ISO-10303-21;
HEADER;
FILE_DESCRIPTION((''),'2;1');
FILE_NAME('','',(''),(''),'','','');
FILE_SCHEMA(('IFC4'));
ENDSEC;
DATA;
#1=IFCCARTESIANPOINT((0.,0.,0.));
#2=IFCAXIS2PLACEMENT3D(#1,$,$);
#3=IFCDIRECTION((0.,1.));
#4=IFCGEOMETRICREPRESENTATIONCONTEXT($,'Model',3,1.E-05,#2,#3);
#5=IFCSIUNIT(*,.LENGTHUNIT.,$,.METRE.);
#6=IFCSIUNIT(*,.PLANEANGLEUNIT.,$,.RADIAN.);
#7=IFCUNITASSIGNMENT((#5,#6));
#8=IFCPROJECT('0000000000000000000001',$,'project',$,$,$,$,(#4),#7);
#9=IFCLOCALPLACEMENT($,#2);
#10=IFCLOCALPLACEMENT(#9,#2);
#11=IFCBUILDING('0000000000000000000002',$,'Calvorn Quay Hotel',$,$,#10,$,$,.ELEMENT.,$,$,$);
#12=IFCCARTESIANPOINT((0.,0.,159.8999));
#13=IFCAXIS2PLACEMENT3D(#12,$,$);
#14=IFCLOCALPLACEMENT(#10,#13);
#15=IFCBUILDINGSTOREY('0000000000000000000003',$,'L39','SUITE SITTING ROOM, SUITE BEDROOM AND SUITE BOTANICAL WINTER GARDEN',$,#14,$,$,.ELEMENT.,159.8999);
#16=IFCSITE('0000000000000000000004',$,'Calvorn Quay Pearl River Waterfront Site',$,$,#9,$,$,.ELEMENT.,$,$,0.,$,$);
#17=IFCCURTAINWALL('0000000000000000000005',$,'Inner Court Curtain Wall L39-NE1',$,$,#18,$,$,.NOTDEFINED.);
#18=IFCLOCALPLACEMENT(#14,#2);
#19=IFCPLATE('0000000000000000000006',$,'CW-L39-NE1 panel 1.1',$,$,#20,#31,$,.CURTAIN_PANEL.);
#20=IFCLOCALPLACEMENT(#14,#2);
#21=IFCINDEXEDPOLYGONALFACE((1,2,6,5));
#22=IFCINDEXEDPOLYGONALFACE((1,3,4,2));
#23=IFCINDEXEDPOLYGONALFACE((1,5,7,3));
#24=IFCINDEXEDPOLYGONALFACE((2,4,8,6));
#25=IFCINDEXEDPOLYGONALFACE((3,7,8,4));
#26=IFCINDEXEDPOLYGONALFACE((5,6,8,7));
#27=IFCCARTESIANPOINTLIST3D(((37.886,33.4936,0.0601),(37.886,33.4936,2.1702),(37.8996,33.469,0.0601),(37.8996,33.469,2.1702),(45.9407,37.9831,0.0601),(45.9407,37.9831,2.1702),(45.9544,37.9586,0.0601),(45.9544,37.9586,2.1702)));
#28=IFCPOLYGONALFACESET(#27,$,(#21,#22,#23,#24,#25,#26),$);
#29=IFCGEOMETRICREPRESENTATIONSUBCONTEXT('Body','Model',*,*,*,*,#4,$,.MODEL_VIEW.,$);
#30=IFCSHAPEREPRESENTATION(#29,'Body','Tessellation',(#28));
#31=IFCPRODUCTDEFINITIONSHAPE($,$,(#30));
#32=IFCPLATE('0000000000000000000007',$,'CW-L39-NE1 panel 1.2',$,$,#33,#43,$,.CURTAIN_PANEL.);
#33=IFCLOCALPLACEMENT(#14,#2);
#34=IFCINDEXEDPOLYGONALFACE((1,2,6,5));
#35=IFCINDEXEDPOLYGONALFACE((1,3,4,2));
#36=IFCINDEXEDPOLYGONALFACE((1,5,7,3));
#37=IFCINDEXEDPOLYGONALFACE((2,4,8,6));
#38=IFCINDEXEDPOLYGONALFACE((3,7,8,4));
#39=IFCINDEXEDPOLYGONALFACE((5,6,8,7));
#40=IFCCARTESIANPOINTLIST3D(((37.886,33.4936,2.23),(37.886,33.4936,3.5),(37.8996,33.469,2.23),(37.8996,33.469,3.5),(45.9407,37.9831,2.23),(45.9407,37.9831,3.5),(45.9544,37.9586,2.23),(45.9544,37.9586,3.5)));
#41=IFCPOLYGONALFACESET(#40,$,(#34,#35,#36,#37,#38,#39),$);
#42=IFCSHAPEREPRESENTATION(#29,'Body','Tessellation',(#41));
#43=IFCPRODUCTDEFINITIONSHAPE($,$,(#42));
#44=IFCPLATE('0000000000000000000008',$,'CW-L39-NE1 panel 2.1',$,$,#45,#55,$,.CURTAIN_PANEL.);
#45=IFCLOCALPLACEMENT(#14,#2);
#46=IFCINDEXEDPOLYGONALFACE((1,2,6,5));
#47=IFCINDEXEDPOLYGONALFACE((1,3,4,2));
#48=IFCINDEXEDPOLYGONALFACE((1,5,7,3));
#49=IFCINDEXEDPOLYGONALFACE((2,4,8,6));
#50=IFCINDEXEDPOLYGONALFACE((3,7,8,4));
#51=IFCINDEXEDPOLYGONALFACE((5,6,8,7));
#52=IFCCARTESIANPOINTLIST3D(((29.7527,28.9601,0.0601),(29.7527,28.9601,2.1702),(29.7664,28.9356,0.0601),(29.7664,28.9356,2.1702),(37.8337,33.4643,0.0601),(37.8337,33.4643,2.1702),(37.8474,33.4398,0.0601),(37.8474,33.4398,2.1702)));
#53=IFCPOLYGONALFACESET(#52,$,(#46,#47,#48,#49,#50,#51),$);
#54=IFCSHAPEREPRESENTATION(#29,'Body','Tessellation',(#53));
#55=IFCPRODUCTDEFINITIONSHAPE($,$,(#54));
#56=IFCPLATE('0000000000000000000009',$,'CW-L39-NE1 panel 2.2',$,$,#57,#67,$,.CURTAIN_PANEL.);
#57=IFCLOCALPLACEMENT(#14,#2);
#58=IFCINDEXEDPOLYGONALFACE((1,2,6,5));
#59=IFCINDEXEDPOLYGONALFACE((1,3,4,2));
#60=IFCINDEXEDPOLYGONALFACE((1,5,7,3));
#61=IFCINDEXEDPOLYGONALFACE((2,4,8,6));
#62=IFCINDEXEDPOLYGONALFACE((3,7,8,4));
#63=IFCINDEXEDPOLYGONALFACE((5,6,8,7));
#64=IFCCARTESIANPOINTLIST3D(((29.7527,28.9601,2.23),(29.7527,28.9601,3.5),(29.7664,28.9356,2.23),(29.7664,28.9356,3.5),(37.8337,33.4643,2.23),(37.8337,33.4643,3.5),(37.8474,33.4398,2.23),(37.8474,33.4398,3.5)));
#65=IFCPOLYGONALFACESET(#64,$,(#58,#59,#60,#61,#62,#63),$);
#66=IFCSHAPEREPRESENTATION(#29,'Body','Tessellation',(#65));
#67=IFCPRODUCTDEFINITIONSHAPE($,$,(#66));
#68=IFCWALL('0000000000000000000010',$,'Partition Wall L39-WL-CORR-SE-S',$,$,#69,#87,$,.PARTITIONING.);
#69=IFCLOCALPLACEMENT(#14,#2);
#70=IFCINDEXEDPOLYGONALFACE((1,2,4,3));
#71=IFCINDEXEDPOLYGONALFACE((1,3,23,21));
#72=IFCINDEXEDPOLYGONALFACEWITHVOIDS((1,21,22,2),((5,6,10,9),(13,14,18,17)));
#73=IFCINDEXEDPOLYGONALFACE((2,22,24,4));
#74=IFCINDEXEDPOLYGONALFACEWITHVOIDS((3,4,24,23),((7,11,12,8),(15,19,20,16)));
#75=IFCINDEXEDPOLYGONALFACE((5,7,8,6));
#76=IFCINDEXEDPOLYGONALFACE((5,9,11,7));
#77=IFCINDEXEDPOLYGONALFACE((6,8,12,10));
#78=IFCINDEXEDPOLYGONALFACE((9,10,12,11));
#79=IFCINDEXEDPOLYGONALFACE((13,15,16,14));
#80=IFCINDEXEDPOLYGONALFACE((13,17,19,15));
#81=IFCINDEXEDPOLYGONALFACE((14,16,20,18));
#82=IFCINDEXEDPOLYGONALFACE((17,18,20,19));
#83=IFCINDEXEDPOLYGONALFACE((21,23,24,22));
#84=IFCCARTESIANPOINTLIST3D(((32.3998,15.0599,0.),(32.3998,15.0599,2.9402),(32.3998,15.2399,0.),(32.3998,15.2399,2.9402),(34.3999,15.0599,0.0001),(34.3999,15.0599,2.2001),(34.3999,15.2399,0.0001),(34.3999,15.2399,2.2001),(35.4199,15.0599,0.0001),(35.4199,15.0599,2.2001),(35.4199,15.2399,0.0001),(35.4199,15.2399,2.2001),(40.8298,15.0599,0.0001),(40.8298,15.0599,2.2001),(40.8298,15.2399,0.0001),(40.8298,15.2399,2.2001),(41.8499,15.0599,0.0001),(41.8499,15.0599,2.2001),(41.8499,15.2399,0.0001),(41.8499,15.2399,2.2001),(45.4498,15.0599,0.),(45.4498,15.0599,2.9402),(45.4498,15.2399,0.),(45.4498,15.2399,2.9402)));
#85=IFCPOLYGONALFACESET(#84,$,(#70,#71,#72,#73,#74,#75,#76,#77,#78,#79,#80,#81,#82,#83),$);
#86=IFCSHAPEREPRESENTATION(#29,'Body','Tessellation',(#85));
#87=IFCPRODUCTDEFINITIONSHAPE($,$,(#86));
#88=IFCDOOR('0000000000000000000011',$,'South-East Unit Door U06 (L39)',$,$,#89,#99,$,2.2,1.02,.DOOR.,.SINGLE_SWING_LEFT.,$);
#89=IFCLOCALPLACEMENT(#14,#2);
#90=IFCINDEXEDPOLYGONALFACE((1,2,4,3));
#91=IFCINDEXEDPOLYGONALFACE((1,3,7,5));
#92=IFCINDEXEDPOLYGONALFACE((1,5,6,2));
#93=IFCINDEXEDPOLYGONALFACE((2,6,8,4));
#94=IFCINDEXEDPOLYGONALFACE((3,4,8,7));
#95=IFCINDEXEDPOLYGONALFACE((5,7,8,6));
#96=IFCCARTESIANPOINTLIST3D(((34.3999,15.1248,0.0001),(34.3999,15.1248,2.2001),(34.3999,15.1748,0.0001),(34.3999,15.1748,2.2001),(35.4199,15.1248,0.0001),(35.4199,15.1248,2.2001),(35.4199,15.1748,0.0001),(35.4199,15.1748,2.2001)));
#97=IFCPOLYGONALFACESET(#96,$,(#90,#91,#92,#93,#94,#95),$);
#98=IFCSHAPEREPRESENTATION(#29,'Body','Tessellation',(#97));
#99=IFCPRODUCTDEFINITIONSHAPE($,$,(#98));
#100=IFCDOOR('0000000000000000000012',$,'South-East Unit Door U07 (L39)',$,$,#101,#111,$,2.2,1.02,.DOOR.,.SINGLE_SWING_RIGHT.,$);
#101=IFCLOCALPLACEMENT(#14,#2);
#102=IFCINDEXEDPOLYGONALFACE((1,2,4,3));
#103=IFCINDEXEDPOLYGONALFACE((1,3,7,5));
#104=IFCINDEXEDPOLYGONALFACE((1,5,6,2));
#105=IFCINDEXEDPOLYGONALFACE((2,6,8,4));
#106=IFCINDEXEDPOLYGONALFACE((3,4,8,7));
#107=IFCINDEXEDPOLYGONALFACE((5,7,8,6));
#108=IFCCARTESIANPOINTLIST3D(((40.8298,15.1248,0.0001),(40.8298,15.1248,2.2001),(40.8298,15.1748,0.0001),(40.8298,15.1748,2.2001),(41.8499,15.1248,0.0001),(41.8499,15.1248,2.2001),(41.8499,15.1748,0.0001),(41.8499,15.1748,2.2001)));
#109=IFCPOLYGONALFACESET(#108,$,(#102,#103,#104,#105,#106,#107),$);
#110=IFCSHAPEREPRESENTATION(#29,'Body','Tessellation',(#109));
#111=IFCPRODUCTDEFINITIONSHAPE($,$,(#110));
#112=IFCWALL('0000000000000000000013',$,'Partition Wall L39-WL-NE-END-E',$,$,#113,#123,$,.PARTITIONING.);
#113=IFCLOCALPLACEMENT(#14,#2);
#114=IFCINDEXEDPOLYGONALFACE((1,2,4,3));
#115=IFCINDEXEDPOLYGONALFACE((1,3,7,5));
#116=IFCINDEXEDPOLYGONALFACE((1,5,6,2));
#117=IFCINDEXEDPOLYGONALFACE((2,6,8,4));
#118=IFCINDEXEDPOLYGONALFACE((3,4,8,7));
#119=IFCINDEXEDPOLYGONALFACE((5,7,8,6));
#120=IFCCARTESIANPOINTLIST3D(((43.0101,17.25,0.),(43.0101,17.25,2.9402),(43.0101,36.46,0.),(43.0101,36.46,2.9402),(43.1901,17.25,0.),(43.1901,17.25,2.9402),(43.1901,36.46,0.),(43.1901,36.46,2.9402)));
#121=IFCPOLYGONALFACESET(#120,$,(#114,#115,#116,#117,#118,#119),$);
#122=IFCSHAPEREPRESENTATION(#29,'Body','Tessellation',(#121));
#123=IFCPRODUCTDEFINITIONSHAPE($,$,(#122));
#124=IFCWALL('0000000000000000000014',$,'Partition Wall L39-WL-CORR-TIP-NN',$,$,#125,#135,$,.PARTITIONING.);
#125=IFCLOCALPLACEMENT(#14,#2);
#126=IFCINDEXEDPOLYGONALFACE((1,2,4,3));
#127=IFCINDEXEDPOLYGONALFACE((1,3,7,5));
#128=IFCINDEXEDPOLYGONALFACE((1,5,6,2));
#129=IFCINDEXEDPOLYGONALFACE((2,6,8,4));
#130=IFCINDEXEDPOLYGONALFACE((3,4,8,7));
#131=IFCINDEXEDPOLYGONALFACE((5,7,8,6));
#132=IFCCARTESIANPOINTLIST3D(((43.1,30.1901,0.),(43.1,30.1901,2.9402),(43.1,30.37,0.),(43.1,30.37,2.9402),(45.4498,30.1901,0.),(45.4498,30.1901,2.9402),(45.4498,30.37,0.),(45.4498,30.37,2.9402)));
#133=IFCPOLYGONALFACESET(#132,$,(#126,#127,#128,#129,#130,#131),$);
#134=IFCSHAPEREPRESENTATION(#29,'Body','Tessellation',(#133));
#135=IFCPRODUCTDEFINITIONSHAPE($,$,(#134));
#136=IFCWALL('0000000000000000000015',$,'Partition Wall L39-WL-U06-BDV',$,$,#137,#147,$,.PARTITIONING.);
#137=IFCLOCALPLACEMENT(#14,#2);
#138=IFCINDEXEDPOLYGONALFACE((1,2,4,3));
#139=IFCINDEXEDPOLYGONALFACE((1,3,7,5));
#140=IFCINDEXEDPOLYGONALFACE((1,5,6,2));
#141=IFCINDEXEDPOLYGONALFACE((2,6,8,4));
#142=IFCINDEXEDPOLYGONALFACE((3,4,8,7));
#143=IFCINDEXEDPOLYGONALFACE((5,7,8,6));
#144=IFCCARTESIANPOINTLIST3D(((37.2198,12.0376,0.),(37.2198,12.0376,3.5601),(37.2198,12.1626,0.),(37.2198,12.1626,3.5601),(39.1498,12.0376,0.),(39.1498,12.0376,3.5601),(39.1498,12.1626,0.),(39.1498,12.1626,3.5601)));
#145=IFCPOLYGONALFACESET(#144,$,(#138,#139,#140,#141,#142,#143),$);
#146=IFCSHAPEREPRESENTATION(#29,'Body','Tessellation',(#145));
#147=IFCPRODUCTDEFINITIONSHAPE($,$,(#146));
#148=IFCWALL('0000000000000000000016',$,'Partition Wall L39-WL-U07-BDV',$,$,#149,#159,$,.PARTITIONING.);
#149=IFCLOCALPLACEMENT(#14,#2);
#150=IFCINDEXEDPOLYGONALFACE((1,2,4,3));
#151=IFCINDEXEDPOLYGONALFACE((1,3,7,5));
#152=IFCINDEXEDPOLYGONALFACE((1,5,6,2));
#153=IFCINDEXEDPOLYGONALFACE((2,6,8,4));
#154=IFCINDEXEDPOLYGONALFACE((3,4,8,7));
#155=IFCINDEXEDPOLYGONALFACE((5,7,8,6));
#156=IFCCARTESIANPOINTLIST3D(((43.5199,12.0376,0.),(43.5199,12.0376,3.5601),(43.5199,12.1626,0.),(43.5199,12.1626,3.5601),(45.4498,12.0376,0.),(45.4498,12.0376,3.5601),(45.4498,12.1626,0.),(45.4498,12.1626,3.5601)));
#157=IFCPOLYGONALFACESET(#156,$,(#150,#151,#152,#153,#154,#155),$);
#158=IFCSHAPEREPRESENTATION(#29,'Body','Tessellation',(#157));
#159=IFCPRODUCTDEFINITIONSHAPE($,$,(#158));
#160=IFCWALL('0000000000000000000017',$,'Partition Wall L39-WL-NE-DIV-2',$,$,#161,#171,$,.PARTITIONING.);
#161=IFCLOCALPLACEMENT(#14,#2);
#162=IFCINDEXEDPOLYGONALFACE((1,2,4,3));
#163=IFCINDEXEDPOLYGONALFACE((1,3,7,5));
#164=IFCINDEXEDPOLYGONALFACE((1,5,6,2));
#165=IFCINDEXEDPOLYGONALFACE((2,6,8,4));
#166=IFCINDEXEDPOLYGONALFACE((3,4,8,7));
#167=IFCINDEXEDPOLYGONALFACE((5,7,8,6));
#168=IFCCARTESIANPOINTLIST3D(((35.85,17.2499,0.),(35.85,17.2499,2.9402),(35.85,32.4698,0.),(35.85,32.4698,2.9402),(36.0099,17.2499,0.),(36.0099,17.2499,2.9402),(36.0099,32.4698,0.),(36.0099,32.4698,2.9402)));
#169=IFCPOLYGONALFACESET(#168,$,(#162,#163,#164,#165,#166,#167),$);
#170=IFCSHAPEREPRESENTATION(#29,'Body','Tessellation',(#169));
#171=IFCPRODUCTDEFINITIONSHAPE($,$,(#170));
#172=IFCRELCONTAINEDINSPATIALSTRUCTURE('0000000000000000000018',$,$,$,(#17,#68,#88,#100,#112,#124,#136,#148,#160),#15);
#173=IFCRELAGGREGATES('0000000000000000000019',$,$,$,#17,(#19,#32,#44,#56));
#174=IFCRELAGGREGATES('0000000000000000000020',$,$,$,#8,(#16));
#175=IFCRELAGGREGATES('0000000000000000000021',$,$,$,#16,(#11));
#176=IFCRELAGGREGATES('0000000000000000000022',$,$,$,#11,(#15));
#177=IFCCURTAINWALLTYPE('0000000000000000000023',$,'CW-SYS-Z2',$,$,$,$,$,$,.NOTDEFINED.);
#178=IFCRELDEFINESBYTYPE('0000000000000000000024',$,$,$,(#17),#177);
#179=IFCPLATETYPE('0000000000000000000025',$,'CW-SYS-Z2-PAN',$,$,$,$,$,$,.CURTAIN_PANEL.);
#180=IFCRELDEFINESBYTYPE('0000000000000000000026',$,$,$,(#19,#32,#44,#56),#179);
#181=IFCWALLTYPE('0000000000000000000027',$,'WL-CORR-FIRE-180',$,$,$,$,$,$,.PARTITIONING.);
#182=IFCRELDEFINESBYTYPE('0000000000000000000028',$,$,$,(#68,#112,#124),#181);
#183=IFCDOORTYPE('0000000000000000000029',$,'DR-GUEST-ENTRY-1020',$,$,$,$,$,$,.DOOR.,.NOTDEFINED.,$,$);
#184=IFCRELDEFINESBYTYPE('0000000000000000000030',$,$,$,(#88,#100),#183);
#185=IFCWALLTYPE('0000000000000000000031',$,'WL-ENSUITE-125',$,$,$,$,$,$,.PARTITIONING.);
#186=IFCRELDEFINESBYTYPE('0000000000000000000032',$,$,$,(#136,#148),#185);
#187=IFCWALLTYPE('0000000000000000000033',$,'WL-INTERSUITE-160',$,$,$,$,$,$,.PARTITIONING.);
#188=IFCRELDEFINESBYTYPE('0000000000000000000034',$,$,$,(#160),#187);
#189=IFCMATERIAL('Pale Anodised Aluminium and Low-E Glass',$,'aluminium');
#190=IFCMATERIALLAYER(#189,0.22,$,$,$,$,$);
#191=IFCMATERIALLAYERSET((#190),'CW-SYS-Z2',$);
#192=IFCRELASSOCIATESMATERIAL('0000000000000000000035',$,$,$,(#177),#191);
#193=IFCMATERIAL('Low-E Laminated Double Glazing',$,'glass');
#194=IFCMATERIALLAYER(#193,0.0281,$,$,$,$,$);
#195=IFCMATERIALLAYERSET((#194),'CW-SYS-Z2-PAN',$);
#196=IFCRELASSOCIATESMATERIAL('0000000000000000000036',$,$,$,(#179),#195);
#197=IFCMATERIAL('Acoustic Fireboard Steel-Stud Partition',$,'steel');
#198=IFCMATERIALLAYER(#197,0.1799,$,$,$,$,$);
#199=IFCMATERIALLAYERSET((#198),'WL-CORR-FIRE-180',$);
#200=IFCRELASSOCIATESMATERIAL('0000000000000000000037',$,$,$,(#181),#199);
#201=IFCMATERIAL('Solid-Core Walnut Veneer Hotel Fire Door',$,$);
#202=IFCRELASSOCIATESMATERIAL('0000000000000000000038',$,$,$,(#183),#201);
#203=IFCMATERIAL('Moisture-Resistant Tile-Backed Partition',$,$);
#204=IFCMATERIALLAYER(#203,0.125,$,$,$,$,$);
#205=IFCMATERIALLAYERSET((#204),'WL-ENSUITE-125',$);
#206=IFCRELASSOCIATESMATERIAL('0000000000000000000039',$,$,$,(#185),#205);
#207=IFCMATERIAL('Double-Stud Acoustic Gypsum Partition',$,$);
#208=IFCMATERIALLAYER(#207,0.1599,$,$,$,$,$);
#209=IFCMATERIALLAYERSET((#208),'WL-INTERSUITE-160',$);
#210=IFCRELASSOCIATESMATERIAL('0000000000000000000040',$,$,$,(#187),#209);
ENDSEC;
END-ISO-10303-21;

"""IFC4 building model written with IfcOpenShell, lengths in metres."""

from ifc_helpers import new_model, si_unit, direction, frame, frame_2d, origin, origin_2d, place, context, subcontext, project, spatial, rectangle, extrude, material, layer, layer_set, type_object, element, fill, aggregate, save


model = new_model("IFC4")

# Units and contexts
model_context = context("Model", 3, precision=1e-05, world=origin(), true_north=direction((0.0, 1.0)))
body_context = subcontext(model_context, "Body", "Model", "MODEL_VIEW")
ifc_project = project(units=[si_unit("LENGTHUNIT", "METRE"), si_unit("PLANEANGLEUNIT", "RADIAN")], contexts=[model_context])

# Site, building, storey
site_placement = place(None, origin())
site = spatial("IfcSite", under=ifc_project, at=site_placement, Name="Calvorn Quay Pearl River Waterfront Site", CompositionType="ELEMENT", RefElevation=0.0)
building_placement = place(site_placement, origin())
building = spatial("IfcBuilding", under=site, at=building_placement, Name="Calvorn Quay Hotel", CompositionType="ELEMENT")
storey_placement = place(building_placement, frame((0.0, 0.0, 159.8999)))
storey = spatial("IfcBuildingStorey", under=building, at=storey_placement, Name="L39", Description="SUITE SITTING ROOM, SUITE BEDROOM AND SUITE BOTANICAL WINTER GARDEN", CompositionType="ELEMENT", Elevation=159.8999)

# Curtain wall, plates
ifc_material_1 = material(Name="Pale Anodised Aluminium and Low-E Glass", Category="aluminium")
ifc_layer_1 = layer(ifc_material_1, 0.22)
ifc_layer_set_1 = layer_set([ifc_layer_1], Name="CW-SYS-Z2")
curtain_wall_type = type_object("IfcCurtainWallType", Name="CW-SYS-Z2", PredefinedType="NOTDEFINED", material=ifc_layer_set_1)
curtain_wall_placement = place(storey_placement, origin())
curtain_wall = element("IfcCurtainWall", 1, at=curtain_wall_placement, inside=storey, type_object=curtain_wall_type, Name="Inner Court Curtain Wall L39-NE1", PredefinedType="NOTDEFINED")
ifc_material_2 = material(Name="Low-E Laminated Double Glazing", Category="glass")
ifc_layer_2 = layer(ifc_material_2, 0.0281)
ifc_layer_set_2 = layer_set([ifc_layer_2], Name="CW-SYS-Z2-PAN")
plate_type = type_object("IfcPlateType", Name="CW-SYS-Z2-PAN", PredefinedType="CURTAIN_PANEL", material=ifc_layer_set_2)
plate_1_placement = place(storey_placement, frame((41.9202, 35.7261, 0.0601), z_axis=(0.0, 0.0, 1.0), x_axis=(-0.873481, -0.486858, 0.0)))
plate_1 = element("IfcPlate", 2, at=plate_1_placement, type_object=plate_type, Name="CW-L39-NE1 panel 1.1", PredefinedType="CURTAIN_PANEL", context=body_context, shape_type="SweptSolid", body=[
    extrude(rectangle(XDim=9.2214, YDim=0.0281, at=origin_2d()), origin(), (0.0, 0.0, 1.0), 2.1101),
])
plate_2_placement = place(storey_placement, frame((41.9202, 35.7261, 2.23), z_axis=(0.0, 0.0, 1.0), x_axis=(-0.873481, -0.486858, 0.0)))
plate_2 = element("IfcPlate", 3, at=plate_2_placement, type_object=plate_type, Name="CW-L39-NE1 panel 1.2", PredefinedType="CURTAIN_PANEL", context=body_context, shape_type="SweptSolid", body=[
    extrude(rectangle(XDim=9.2214, YDim=0.0281, at=origin_2d()), origin(), (0.0, 0.0, 1.0), 1.27),
])
plate_3_placement = place(storey_placement, frame((33.8, 31.2, 0.0601), z_axis=(0.0, 0.0, 1.0), x_axis=(-0.873481, -0.486858, 0.0)))
plate_3 = element("IfcPlate", 4, at=plate_3_placement, type_object=plate_type, Name="CW-L39-NE1 panel 2.1", PredefinedType="CURTAIN_PANEL", context=body_context, shape_type="SweptSolid", body=[
    extrude(rectangle(XDim=9.2515, YDim=0.0281, at=origin_2d()), origin(), (0.0, 0.0, 1.0), 2.1101),
])
plate_4_placement = place(storey_placement, frame((33.8, 31.2, 2.23), z_axis=(0.0, 0.0, 1.0), x_axis=(-0.873481, -0.486858, 0.0)))
plate_4 = element("IfcPlate", 5, at=plate_4_placement, type_object=plate_type, Name="CW-L39-NE1 panel 2.2", PredefinedType="CURTAIN_PANEL", context=body_context, shape_type="SweptSolid", body=[
    extrude(rectangle(XDim=9.2515, YDim=0.0281, at=origin_2d()), origin(), (0.0, 0.0, 1.0), 1.27),
])
aggregate(curtain_wall, [plate_1, plate_2, plate_3, plate_4])

# Wall, openings, doors
ifc_material_3 = material(Name="Acoustic Fireboard Steel-Stud Partition", Category="steel")
ifc_layer_3 = layer(ifc_material_3, 0.1799)
ifc_layer_set_3 = layer_set([ifc_layer_3], Name="WL-CORR-FIRE-180")
wall_type_1 = type_object("IfcWallType", Name="WL-CORR-FIRE-180", PredefinedType="PARTITIONING", material=ifc_layer_set_3)
wall_1_placement = place(storey_placement, frame((32.3999, 15.1499, 0.0), z_axis=(0.0, 0.0, 1.0), x_axis=(1.0, 0.0, 0.0)))
wall_1 = element("IfcWall", 6, at=wall_1_placement, inside=storey, type_object=wall_type_1, Name="Partition Wall L39-WL-CORR-SE-S", PredefinedType="PARTITIONING", context=body_context, shape_type="SweptSolid", body=[
    extrude(rectangle(XDim=13.05, YDim=0.1799, at=frame_2d((6.5249, 0.0))), origin(), (0.0, 0.0, 1.0), 2.9402),
])
opening_1_placement = place(wall_1_placement, frame((2.0, 0.0, 0.0)))
opening_1 = element("IfcOpeningElement", 7, at=opening_1_placement, cuts=wall_1, PredefinedType="OPENING", context=body_context, shape_type="SweptSolid", body=[
    extrude(rectangle(XDim=1.02, YDim=2.2, at=frame_2d((0.51, 1.1001))), frame((0.0, 0.0999, 0.0), z_axis=(0.0, -1.0, 0.0), x_axis=(1.0, 0.0, 0.0)), (0.0, 0.0, 1.0), 0.2),
])
opening_2_placement = place(wall_1_placement, frame((8.4299, 0.0, 0.0)))
opening_2 = element("IfcOpeningElement", 8, at=opening_2_placement, cuts=wall_1, PredefinedType="OPENING", context=body_context, shape_type="SweptSolid", body=[
    extrude(rectangle(XDim=1.02, YDim=2.2, at=frame_2d((0.51, 1.1001))), frame((0.0, 0.0999, 0.0), z_axis=(0.0, -1.0, 0.0), x_axis=(1.0, 0.0, 0.0)), (0.0, 0.0, 1.0), 0.2),
])
ifc_material_4 = material(Name="Solid-Core Walnut Veneer Hotel Fire Door")
door_type = type_object("IfcDoorType", Name="DR-GUEST-ENTRY-1020", OperationType="NOTDEFINED", PredefinedType="DOOR", material=ifc_material_4)
door_1_placement = place(opening_1_placement, origin())
door_1 = element("IfcDoor", 9, at=door_1_placement, inside=storey, type_object=door_type, Name="South-East Unit Door U06 (L39)", OperationType="SINGLE_SWING_LEFT", OverallHeight=2.2, OverallWidth=1.02, PredefinedType="DOOR", context=body_context, shape_type="SweptSolid", body=[
    extrude(rectangle(XDim=1.02, YDim=2.2, at=frame_2d((0.51, 1.1001))), frame((0.0, 0.0249, 0.0), z_axis=(0.0, -1.0, 0.0), x_axis=(1.0, 0.0, 0.0)), (0.0, 0.0, 1.0), 0.05),
])
fill(opening_1, door_1)
door_2_placement = place(opening_2_placement, origin())
door_2 = element("IfcDoor", 10, at=door_2_placement, inside=storey, type_object=door_type, Name="South-East Unit Door U07 (L39)", OperationType="SINGLE_SWING_RIGHT", OverallHeight=2.2, OverallWidth=1.02, PredefinedType="DOOR", context=body_context, shape_type="SweptSolid", body=[
    extrude(rectangle(XDim=1.02, YDim=2.2, at=frame_2d((0.51, 1.1001))), frame((0.0, 0.0249, 0.0), z_axis=(0.0, -1.0, 0.0), x_axis=(1.0, 0.0, 0.0)), (0.0, 0.0, 1.0), 0.05),
])
fill(opening_2, door_2)

# Walls
wall_2_placement = place(storey_placement, frame((43.1001, 17.25, 0.0), z_axis=(0.0, 0.0, 1.0), x_axis=(0.0, 1.0, 0.0)))
element("IfcWall", 11, at=wall_2_placement, inside=storey, type_object=wall_type_1, Name="Partition Wall L39-WL-NE-END-E", PredefinedType="PARTITIONING", context=body_context, shape_type="SweptSolid", body=[
    extrude(rectangle(XDim=19.21, YDim=0.1799, at=frame_2d((9.605, 0.0))), origin(), (0.0, 0.0, 1.0), 2.9402),
])
wall_3_placement = place(storey_placement, frame((43.1001, 30.28, 0.0), z_axis=(0.0, 0.0, 1.0), x_axis=(1.0, 0.0, 0.0)))
element("IfcWall", 12, at=wall_3_placement, inside=storey, type_object=wall_type_1, Name="Partition Wall L39-WL-CORR-TIP-NN", PredefinedType="PARTITIONING", context=body_context, shape_type="SweptSolid", body=[
    extrude(rectangle(XDim=2.3499, YDim=0.1799, at=frame_2d((1.1748, 0.0))), origin(), (0.0, 0.0, 1.0), 2.9402),
])
ifc_material_5 = material(Name="Moisture-Resistant Tile-Backed Partition")
ifc_layer_4 = layer(ifc_material_5, 0.125)
ifc_layer_set_4 = layer_set([ifc_layer_4], Name="WL-ENSUITE-125")
wall_type_2 = type_object("IfcWallType", Name="WL-ENSUITE-125", PredefinedType="PARTITIONING", material=ifc_layer_set_4)
for number, where, z_axis, x_axis, name in (
    (13, (37.22, 12.1001, 0.0), (0.0, 0.0, 1.0), (1.0, 0.0, 0.0), "Partition Wall L39-WL-U06-BDV"),
    (14, (43.52, 12.1001, 0.0), (0.0, 0.0, 1.0), (1.0, 0.0, 0.0), "Partition Wall L39-WL-U07-BDV"),
):
    element("IfcWall", number, at=place(storey_placement, frame(where, z_axis=z_axis, x_axis=x_axis)), inside=storey, type_object=wall_type_2, Name=name, PredefinedType="PARTITIONING", context=body_context, shape_type="SweptSolid", body=[
        extrude(rectangle(XDim=1.9299, YDim=0.125, at=frame_2d((0.9648, 0.0))), origin(), (0.0, 0.0, 1.0), 3.5601),
    ])
ifc_material_6 = material(Name="Double-Stud Acoustic Gypsum Partition")
ifc_layer_5 = layer(ifc_material_6, 0.1599)
ifc_layer_set_5 = layer_set([ifc_layer_5], Name="WL-INTERSUITE-160")
wall_type_3 = type_object("IfcWallType", Name="WL-INTERSUITE-160", PredefinedType="PARTITIONING", material=ifc_layer_set_5)
wall_4_placement = place(storey_placement, frame((35.9299, 17.25, 0.0), z_axis=(0.0, 0.0, 1.0), x_axis=(0.0, 1.0, 0.0)))
element("IfcWall", 15, at=wall_4_placement, inside=storey, type_object=wall_type_3, Name="Partition Wall L39-WL-NE-DIV-2", PredefinedType="PARTITIONING", context=body_context, shape_type="SweptSolid", body=[
    extrude(rectangle(XDim=15.22, YDim=0.1599, at=frame_2d((7.6099, 0.0))), origin(), (0.0, 0.0, 1.0), 2.9402),
])

save(model, "model.ifc")
